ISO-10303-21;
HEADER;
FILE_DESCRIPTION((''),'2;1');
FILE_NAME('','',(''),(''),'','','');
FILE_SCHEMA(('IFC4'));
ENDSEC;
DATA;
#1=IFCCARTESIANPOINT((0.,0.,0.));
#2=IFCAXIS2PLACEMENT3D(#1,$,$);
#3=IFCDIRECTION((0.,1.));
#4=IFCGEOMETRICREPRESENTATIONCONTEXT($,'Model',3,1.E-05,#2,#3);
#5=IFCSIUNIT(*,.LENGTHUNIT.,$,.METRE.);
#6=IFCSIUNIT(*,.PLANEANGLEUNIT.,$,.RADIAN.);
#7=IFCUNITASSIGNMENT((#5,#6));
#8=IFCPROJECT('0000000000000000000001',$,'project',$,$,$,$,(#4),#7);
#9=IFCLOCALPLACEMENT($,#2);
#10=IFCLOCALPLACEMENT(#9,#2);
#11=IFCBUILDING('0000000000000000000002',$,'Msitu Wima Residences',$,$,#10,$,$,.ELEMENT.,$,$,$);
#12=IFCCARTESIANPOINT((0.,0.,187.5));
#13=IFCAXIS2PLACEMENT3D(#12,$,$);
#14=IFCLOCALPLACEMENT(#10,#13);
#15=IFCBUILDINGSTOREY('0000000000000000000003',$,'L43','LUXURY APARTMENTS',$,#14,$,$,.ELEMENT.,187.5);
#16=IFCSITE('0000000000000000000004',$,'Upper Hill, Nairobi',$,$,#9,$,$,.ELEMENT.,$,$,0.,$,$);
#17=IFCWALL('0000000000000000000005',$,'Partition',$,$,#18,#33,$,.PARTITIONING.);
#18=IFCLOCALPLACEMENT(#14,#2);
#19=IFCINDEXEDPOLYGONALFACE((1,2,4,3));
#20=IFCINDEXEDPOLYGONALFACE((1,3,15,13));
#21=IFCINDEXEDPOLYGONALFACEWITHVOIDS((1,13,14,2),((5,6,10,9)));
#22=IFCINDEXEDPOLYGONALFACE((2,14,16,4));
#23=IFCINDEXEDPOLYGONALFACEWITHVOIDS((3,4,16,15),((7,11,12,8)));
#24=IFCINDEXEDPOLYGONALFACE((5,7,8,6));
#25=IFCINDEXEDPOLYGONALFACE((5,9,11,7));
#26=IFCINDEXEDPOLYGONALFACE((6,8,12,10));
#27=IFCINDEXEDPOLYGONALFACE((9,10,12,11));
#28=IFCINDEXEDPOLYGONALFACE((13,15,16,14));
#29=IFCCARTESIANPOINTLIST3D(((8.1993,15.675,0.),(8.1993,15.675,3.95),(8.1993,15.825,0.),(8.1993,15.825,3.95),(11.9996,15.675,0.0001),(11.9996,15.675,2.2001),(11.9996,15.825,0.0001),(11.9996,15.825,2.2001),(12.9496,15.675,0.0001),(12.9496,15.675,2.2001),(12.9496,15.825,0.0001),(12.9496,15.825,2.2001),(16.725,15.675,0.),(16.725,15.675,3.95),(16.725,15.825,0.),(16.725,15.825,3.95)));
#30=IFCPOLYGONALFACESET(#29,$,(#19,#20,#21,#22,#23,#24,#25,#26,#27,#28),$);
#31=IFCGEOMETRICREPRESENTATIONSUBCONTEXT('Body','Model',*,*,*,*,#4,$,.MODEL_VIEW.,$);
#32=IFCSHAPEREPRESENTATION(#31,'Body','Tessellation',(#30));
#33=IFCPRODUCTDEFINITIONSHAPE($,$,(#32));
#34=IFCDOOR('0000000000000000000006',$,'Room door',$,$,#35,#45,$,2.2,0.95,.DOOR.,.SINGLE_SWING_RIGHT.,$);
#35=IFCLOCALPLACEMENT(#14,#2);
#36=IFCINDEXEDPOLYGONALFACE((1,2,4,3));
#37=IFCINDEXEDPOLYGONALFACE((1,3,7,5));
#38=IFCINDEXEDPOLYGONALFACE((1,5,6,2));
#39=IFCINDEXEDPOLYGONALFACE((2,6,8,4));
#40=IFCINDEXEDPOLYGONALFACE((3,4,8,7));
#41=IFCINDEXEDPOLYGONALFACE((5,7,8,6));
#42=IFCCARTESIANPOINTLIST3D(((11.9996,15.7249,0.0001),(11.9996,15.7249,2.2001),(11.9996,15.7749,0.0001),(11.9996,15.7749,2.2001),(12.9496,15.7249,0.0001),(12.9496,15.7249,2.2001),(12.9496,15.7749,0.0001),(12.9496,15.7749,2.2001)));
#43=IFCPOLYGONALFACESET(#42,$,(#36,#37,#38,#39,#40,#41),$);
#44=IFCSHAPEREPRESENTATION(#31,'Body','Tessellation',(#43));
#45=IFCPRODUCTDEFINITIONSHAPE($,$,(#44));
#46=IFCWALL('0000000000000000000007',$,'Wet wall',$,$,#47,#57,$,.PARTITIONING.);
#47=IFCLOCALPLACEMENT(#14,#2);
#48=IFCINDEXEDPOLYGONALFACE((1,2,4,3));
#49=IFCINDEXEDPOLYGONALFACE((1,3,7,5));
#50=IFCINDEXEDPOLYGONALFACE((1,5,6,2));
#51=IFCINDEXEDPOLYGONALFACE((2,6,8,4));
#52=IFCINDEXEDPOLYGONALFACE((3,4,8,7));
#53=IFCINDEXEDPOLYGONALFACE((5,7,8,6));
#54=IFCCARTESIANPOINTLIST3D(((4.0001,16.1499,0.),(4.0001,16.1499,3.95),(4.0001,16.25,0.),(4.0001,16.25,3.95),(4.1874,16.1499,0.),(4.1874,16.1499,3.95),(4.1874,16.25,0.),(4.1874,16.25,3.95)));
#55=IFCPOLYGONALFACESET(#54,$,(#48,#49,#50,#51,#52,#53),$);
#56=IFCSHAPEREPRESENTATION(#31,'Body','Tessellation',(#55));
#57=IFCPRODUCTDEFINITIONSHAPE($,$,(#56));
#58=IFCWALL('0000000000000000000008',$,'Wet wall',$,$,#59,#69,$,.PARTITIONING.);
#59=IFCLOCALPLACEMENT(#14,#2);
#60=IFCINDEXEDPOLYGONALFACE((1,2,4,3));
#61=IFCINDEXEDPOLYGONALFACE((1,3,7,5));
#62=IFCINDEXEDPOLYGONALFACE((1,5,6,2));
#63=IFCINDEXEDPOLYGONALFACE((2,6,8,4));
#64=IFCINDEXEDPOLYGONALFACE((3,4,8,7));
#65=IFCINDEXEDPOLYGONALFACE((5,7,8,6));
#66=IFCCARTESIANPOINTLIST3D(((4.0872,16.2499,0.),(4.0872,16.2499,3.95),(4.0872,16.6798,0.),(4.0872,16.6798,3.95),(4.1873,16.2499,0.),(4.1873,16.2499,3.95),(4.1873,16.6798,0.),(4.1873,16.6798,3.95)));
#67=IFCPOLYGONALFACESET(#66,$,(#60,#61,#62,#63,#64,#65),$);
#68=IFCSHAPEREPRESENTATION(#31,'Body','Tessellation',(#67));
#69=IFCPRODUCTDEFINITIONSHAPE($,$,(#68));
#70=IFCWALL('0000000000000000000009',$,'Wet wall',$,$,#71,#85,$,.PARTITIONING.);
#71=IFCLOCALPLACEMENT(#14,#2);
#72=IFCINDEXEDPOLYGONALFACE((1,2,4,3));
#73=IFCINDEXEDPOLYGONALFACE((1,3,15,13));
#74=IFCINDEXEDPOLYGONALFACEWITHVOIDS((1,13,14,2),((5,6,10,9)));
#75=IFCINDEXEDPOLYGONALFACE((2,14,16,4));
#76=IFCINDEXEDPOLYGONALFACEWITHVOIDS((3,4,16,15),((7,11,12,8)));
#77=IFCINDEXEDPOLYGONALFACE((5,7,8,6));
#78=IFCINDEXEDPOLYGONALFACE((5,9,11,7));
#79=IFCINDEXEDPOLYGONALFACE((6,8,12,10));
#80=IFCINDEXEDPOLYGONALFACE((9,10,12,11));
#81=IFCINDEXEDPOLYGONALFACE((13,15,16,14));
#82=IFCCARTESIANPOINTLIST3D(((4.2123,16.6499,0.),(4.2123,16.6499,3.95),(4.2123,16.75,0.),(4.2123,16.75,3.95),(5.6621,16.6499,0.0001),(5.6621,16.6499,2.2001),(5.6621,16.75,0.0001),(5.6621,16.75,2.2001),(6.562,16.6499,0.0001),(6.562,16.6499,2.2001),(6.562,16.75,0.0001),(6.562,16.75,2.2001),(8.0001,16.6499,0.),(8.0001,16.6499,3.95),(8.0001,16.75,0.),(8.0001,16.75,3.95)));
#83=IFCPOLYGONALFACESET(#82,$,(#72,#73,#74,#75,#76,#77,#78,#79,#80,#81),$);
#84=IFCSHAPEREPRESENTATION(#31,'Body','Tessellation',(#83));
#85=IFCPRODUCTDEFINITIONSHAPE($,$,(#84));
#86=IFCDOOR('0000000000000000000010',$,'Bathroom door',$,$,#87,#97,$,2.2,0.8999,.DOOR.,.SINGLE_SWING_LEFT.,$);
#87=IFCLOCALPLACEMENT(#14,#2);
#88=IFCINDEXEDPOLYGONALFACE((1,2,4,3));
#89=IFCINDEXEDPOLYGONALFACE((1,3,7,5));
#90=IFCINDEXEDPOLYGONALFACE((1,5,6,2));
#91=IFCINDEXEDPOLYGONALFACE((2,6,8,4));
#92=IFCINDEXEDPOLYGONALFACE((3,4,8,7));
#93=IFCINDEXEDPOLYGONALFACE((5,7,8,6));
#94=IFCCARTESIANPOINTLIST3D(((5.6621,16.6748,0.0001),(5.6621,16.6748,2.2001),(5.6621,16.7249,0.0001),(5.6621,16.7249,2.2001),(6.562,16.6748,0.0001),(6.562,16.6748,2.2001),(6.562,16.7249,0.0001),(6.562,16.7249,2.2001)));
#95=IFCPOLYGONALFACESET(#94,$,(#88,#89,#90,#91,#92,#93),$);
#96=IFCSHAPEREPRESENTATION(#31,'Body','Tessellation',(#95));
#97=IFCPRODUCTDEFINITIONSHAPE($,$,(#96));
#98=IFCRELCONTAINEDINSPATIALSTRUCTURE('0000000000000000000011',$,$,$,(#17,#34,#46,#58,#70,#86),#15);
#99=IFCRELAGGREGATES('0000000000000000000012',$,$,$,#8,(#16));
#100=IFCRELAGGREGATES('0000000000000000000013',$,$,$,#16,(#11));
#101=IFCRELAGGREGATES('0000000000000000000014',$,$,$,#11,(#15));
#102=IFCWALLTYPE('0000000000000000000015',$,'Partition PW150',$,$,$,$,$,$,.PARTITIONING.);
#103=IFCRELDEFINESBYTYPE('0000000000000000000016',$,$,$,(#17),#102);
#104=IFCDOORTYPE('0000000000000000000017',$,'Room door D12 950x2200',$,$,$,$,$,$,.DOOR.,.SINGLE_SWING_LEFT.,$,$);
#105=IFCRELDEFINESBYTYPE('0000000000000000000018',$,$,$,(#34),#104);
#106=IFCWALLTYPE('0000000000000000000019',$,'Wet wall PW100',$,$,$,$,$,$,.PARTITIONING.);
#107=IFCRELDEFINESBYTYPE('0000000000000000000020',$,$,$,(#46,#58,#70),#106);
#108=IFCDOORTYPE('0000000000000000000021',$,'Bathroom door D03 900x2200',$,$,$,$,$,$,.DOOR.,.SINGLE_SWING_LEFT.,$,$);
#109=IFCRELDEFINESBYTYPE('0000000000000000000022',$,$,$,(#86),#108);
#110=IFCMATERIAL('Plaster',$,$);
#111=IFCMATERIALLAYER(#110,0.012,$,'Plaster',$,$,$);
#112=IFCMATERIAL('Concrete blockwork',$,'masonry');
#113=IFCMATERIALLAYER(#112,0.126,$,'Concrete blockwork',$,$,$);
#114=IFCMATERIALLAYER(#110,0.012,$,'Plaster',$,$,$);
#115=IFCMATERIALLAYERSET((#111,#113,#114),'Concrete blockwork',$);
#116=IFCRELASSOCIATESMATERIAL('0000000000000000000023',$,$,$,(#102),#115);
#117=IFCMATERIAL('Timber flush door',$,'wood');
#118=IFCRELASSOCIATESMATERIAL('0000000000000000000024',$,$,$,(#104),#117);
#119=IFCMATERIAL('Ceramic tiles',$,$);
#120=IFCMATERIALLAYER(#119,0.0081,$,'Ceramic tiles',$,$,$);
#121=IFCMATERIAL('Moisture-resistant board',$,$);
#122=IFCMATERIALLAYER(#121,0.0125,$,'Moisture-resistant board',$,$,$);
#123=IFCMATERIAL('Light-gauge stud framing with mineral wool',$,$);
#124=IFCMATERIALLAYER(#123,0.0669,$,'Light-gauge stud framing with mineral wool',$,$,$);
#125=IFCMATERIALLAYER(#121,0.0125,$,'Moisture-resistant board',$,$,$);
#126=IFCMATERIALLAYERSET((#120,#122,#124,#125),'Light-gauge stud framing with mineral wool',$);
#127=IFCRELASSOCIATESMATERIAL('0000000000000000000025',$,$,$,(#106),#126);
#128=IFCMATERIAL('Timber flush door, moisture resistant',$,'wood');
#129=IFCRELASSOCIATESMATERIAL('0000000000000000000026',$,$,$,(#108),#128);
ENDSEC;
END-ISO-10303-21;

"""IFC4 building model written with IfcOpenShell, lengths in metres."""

from ifc_helpers import new_model, si_unit, direction, frame, frame_2d, origin, place, context, subcontext, project, spatial, rectangle, extrude, material, layer, layer_set, type_object, element, fill, save


model = new_model("IFC4")

# Units and contexts
model_context = context("Model", 3, precision=1e-05, world=origin(), true_north=direction((0.0, 1.0)))
body_context = subcontext(model_context, "Body", "Model", "MODEL_VIEW")
ifc_project = project(units=[si_unit("LENGTHUNIT", "METRE"), si_unit("PLANEANGLEUNIT", "RADIAN")], contexts=[model_context])

# Site, building, storey
site_placement = place(None, origin())
site = spatial("IfcSite", under=ifc_project, at=site_placement, Name="Upper Hill, Nairobi", CompositionType="ELEMENT", RefElevation=0.0)
building_placement = place(site_placement, origin())
building = spatial("IfcBuilding", under=site, at=building_placement, Name="Msitu Wima Residences", CompositionType="ELEMENT")
storey_placement = place(building_placement, frame((0.0, 0.0, 187.5)))
storey = spatial("IfcBuildingStorey", under=building, at=storey_placement, Name="L43", Description="LUXURY APARTMENTS", CompositionType="ELEMENT", Elevation=187.5)

# Shared definitions
ifc_material_1 = material(Name="Plaster")
ifc_layer_1 = layer(ifc_material_1, 0.012, Name="Plaster")
ifc_material_2 = material(Name="Concrete blockwork", Category="masonry")
ifc_layer_2 = layer(ifc_material_2, 0.126, Name="Concrete blockwork")
ifc_layer_3 = layer(ifc_material_1, 0.012, Name="Plaster")
ifc_layer_set_1 = layer_set([ifc_layer_1, ifc_layer_2, ifc_layer_3], Name="Concrete blockwork")
wall_type_1 = type_object("IfcWallType", Name="Partition PW150", PredefinedType="PARTITIONING", material=ifc_layer_set_1)
ifc_material_3 = material(Name="Timber flush door", Category="wood")
door_type_1 = type_object("IfcDoorType", Name="Room door D12 950x2200", OperationType="SINGLE_SWING_LEFT", PredefinedType="DOOR", material=ifc_material_3)

# Wall, opening, door
wall_1_placement = place(storey_placement, frame((8.1995, 15.75, 0.0), z_axis=(0.0, 0.0, 1.0), x_axis=(1.0, 0.0, 0.0)))
wall_1 = element("IfcWall", 1, at=wall_1_placement, inside=storey, type_object=wall_type_1, Name="Partition", PredefinedType="PARTITIONING", context=body_context, shape_type="SweptSolid", body=[
    extrude(rectangle(XDim=8.5256, YDim=0.1499, at=frame_2d((4.2627, 0.0))), origin(), (0.0, 0.0, 1.0), 3.95),
])
opening_1_placement = place(wall_1_placement, frame((3.8, 0.0, 0.0)))
opening_1 = element("IfcOpeningElement", 2, at=opening_1_placement, cuts=wall_1, PredefinedType="OPENING", context=body_context, shape_type="SweptSolid", body=[
    extrude(rectangle(XDim=0.95, YDim=2.2, at=frame_2d((0.4751, 1.1001))), frame((0.0, 0.085, 0.0), z_axis=(0.0, -1.0, 0.0), x_axis=(1.0, 0.0, 0.0)), (0.0, 0.0, 1.0), 0.1699),
])
door_1_placement = place(opening_1_placement, origin())
door_1 = element("IfcDoor", 3, at=door_1_placement, inside=storey, type_object=door_type_1, Name="Room door", OperationType="SINGLE_SWING_RIGHT", OverallHeight=2.2, OverallWidth=0.95, PredefinedType="DOOR", context=body_context, shape_type="SweptSolid", body=[
    extrude(rectangle(XDim=0.95, YDim=2.2, at=frame_2d((0.4751, 1.1001))), frame((0.0, 0.0249, 0.0), z_axis=(0.0, -1.0, 0.0), x_axis=(1.0, 0.0, 0.0)), (0.0, 0.0, 1.0), 0.05),
])
fill(opening_1, door_1)

# Walls
ifc_material_4 = material(Name="Ceramic tiles")
ifc_layer_4 = layer(ifc_material_4, 0.0081, Name="Ceramic tiles")
ifc_material_5 = material(Name="Moisture-resistant board")
ifc_layer_5 = layer(ifc_material_5, 0.0125, Name="Moisture-resistant board")
ifc_material_6 = material(Name="Light-gauge stud framing with mineral wool")
ifc_layer_6 = layer(ifc_material_6, 0.0669, Name="Light-gauge stud framing with mineral wool")
ifc_layer_7 = layer(ifc_material_5, 0.0125, Name="Moisture-resistant board")
ifc_layer_set_2 = layer_set([ifc_layer_4, ifc_layer_5, ifc_layer_6, ifc_layer_7], Name="Light-gauge stud framing with mineral wool")
wall_type_2 = type_object("IfcWallType", Name="Wet wall PW100", PredefinedType="PARTITIONING", material=ifc_layer_set_2)
wall_2_placement = place(storey_placement, frame((4.0, 16.2, 0.0), z_axis=(0.0, 0.0, 1.0), x_axis=(1.0, 0.0, 0.0)))
element("IfcWall", 4, at=wall_2_placement, inside=storey, type_object=wall_type_2, Name="Wet wall", PredefinedType="PARTITIONING", context=body_context, shape_type="SweptSolid", body=[
    extrude(rectangle(XDim=0.1873, YDim=0.1001, at=frame_2d((0.0938, 0.0))), origin(), (0.0, 0.0, 1.0), 3.95),
])
wall_3_placement = place(storey_placement, frame((4.1372, 16.25, 0.0), z_axis=(0.0, 0.0, 1.0), x_axis=(0.0, 1.0, 0.0)))
element("IfcWall", 5, at=wall_3_placement, inside=storey, type_object=wall_type_2, Name="Wet wall", PredefinedType="PARTITIONING", context=body_context, shape_type="SweptSolid", body=[
    extrude(rectangle(XDim=0.4299, YDim=0.1001, at=frame_2d((0.2148, 0.0))), origin(), (0.0, 0.0, 1.0), 3.95),
])

# Wall, opening, door
wall_4_placement = place(storey_placement, frame((4.2122, 16.7, 0.0), z_axis=(0.0, 0.0, 1.0), x_axis=(1.0, 0.0, 0.0)))
wall_4 = element("IfcWall", 6, at=wall_4_placement, inside=storey, type_object=wall_type_2, Name="Wet wall", PredefinedType="PARTITIONING", context=body_context, shape_type="SweptSolid", body=[
    extrude(rectangle(XDim=3.7878, YDim=0.1001, at=frame_2d((1.894, 0.0))), origin(), (0.0, 0.0, 1.0), 3.95),
])
opening_2_placement = place(wall_4_placement, frame((1.45, 0.0, 0.0)))
opening_2 = element("IfcOpeningElement", 7, at=opening_2_placement, cuts=wall_4, PredefinedType="OPENING", context=body_context, shape_type="SweptSolid", body=[
    extrude(rectangle(XDim=0.8999, YDim=2.2, at=frame_2d((0.45, 1.1001))), frame((0.0, 0.0601, 0.0), z_axis=(0.0, -1.0, 0.0), x_axis=(1.0, 0.0, 0.0)), (0.0, 0.0, 1.0), 0.1201),
])
ifc_material_7 = material(Name="Timber flush door, moisture resistant", Category="wood")
door_type_2 = type_object("IfcDoorType", Name="Bathroom door D03 900x2200", OperationType="SINGLE_SWING_LEFT", PredefinedType="DOOR", material=ifc_material_7)
door_2_placement = place(opening_2_placement, origin())
door_2 = element("IfcDoor", 8, at=door_2_placement, inside=storey, type_object=door_type_2, Name="Bathroom door", OperationType="SINGLE_SWING_LEFT", OverallHeight=2.2, OverallWidth=0.8999, PredefinedType="DOOR", context=body_context, shape_type="SweptSolid", body=[
    extrude(rectangle(XDim=0.8999, YDim=2.2, at=frame_2d((0.45, 1.1001))), frame((0.0, 0.0249, 0.0), z_axis=(0.0, -1.0, 0.0), x_axis=(1.0, 0.0, 0.0)), (0.0, 0.0, 1.0), 0.05),
])
fill(opening_2, door_2)

save(model, "model.ifc")
